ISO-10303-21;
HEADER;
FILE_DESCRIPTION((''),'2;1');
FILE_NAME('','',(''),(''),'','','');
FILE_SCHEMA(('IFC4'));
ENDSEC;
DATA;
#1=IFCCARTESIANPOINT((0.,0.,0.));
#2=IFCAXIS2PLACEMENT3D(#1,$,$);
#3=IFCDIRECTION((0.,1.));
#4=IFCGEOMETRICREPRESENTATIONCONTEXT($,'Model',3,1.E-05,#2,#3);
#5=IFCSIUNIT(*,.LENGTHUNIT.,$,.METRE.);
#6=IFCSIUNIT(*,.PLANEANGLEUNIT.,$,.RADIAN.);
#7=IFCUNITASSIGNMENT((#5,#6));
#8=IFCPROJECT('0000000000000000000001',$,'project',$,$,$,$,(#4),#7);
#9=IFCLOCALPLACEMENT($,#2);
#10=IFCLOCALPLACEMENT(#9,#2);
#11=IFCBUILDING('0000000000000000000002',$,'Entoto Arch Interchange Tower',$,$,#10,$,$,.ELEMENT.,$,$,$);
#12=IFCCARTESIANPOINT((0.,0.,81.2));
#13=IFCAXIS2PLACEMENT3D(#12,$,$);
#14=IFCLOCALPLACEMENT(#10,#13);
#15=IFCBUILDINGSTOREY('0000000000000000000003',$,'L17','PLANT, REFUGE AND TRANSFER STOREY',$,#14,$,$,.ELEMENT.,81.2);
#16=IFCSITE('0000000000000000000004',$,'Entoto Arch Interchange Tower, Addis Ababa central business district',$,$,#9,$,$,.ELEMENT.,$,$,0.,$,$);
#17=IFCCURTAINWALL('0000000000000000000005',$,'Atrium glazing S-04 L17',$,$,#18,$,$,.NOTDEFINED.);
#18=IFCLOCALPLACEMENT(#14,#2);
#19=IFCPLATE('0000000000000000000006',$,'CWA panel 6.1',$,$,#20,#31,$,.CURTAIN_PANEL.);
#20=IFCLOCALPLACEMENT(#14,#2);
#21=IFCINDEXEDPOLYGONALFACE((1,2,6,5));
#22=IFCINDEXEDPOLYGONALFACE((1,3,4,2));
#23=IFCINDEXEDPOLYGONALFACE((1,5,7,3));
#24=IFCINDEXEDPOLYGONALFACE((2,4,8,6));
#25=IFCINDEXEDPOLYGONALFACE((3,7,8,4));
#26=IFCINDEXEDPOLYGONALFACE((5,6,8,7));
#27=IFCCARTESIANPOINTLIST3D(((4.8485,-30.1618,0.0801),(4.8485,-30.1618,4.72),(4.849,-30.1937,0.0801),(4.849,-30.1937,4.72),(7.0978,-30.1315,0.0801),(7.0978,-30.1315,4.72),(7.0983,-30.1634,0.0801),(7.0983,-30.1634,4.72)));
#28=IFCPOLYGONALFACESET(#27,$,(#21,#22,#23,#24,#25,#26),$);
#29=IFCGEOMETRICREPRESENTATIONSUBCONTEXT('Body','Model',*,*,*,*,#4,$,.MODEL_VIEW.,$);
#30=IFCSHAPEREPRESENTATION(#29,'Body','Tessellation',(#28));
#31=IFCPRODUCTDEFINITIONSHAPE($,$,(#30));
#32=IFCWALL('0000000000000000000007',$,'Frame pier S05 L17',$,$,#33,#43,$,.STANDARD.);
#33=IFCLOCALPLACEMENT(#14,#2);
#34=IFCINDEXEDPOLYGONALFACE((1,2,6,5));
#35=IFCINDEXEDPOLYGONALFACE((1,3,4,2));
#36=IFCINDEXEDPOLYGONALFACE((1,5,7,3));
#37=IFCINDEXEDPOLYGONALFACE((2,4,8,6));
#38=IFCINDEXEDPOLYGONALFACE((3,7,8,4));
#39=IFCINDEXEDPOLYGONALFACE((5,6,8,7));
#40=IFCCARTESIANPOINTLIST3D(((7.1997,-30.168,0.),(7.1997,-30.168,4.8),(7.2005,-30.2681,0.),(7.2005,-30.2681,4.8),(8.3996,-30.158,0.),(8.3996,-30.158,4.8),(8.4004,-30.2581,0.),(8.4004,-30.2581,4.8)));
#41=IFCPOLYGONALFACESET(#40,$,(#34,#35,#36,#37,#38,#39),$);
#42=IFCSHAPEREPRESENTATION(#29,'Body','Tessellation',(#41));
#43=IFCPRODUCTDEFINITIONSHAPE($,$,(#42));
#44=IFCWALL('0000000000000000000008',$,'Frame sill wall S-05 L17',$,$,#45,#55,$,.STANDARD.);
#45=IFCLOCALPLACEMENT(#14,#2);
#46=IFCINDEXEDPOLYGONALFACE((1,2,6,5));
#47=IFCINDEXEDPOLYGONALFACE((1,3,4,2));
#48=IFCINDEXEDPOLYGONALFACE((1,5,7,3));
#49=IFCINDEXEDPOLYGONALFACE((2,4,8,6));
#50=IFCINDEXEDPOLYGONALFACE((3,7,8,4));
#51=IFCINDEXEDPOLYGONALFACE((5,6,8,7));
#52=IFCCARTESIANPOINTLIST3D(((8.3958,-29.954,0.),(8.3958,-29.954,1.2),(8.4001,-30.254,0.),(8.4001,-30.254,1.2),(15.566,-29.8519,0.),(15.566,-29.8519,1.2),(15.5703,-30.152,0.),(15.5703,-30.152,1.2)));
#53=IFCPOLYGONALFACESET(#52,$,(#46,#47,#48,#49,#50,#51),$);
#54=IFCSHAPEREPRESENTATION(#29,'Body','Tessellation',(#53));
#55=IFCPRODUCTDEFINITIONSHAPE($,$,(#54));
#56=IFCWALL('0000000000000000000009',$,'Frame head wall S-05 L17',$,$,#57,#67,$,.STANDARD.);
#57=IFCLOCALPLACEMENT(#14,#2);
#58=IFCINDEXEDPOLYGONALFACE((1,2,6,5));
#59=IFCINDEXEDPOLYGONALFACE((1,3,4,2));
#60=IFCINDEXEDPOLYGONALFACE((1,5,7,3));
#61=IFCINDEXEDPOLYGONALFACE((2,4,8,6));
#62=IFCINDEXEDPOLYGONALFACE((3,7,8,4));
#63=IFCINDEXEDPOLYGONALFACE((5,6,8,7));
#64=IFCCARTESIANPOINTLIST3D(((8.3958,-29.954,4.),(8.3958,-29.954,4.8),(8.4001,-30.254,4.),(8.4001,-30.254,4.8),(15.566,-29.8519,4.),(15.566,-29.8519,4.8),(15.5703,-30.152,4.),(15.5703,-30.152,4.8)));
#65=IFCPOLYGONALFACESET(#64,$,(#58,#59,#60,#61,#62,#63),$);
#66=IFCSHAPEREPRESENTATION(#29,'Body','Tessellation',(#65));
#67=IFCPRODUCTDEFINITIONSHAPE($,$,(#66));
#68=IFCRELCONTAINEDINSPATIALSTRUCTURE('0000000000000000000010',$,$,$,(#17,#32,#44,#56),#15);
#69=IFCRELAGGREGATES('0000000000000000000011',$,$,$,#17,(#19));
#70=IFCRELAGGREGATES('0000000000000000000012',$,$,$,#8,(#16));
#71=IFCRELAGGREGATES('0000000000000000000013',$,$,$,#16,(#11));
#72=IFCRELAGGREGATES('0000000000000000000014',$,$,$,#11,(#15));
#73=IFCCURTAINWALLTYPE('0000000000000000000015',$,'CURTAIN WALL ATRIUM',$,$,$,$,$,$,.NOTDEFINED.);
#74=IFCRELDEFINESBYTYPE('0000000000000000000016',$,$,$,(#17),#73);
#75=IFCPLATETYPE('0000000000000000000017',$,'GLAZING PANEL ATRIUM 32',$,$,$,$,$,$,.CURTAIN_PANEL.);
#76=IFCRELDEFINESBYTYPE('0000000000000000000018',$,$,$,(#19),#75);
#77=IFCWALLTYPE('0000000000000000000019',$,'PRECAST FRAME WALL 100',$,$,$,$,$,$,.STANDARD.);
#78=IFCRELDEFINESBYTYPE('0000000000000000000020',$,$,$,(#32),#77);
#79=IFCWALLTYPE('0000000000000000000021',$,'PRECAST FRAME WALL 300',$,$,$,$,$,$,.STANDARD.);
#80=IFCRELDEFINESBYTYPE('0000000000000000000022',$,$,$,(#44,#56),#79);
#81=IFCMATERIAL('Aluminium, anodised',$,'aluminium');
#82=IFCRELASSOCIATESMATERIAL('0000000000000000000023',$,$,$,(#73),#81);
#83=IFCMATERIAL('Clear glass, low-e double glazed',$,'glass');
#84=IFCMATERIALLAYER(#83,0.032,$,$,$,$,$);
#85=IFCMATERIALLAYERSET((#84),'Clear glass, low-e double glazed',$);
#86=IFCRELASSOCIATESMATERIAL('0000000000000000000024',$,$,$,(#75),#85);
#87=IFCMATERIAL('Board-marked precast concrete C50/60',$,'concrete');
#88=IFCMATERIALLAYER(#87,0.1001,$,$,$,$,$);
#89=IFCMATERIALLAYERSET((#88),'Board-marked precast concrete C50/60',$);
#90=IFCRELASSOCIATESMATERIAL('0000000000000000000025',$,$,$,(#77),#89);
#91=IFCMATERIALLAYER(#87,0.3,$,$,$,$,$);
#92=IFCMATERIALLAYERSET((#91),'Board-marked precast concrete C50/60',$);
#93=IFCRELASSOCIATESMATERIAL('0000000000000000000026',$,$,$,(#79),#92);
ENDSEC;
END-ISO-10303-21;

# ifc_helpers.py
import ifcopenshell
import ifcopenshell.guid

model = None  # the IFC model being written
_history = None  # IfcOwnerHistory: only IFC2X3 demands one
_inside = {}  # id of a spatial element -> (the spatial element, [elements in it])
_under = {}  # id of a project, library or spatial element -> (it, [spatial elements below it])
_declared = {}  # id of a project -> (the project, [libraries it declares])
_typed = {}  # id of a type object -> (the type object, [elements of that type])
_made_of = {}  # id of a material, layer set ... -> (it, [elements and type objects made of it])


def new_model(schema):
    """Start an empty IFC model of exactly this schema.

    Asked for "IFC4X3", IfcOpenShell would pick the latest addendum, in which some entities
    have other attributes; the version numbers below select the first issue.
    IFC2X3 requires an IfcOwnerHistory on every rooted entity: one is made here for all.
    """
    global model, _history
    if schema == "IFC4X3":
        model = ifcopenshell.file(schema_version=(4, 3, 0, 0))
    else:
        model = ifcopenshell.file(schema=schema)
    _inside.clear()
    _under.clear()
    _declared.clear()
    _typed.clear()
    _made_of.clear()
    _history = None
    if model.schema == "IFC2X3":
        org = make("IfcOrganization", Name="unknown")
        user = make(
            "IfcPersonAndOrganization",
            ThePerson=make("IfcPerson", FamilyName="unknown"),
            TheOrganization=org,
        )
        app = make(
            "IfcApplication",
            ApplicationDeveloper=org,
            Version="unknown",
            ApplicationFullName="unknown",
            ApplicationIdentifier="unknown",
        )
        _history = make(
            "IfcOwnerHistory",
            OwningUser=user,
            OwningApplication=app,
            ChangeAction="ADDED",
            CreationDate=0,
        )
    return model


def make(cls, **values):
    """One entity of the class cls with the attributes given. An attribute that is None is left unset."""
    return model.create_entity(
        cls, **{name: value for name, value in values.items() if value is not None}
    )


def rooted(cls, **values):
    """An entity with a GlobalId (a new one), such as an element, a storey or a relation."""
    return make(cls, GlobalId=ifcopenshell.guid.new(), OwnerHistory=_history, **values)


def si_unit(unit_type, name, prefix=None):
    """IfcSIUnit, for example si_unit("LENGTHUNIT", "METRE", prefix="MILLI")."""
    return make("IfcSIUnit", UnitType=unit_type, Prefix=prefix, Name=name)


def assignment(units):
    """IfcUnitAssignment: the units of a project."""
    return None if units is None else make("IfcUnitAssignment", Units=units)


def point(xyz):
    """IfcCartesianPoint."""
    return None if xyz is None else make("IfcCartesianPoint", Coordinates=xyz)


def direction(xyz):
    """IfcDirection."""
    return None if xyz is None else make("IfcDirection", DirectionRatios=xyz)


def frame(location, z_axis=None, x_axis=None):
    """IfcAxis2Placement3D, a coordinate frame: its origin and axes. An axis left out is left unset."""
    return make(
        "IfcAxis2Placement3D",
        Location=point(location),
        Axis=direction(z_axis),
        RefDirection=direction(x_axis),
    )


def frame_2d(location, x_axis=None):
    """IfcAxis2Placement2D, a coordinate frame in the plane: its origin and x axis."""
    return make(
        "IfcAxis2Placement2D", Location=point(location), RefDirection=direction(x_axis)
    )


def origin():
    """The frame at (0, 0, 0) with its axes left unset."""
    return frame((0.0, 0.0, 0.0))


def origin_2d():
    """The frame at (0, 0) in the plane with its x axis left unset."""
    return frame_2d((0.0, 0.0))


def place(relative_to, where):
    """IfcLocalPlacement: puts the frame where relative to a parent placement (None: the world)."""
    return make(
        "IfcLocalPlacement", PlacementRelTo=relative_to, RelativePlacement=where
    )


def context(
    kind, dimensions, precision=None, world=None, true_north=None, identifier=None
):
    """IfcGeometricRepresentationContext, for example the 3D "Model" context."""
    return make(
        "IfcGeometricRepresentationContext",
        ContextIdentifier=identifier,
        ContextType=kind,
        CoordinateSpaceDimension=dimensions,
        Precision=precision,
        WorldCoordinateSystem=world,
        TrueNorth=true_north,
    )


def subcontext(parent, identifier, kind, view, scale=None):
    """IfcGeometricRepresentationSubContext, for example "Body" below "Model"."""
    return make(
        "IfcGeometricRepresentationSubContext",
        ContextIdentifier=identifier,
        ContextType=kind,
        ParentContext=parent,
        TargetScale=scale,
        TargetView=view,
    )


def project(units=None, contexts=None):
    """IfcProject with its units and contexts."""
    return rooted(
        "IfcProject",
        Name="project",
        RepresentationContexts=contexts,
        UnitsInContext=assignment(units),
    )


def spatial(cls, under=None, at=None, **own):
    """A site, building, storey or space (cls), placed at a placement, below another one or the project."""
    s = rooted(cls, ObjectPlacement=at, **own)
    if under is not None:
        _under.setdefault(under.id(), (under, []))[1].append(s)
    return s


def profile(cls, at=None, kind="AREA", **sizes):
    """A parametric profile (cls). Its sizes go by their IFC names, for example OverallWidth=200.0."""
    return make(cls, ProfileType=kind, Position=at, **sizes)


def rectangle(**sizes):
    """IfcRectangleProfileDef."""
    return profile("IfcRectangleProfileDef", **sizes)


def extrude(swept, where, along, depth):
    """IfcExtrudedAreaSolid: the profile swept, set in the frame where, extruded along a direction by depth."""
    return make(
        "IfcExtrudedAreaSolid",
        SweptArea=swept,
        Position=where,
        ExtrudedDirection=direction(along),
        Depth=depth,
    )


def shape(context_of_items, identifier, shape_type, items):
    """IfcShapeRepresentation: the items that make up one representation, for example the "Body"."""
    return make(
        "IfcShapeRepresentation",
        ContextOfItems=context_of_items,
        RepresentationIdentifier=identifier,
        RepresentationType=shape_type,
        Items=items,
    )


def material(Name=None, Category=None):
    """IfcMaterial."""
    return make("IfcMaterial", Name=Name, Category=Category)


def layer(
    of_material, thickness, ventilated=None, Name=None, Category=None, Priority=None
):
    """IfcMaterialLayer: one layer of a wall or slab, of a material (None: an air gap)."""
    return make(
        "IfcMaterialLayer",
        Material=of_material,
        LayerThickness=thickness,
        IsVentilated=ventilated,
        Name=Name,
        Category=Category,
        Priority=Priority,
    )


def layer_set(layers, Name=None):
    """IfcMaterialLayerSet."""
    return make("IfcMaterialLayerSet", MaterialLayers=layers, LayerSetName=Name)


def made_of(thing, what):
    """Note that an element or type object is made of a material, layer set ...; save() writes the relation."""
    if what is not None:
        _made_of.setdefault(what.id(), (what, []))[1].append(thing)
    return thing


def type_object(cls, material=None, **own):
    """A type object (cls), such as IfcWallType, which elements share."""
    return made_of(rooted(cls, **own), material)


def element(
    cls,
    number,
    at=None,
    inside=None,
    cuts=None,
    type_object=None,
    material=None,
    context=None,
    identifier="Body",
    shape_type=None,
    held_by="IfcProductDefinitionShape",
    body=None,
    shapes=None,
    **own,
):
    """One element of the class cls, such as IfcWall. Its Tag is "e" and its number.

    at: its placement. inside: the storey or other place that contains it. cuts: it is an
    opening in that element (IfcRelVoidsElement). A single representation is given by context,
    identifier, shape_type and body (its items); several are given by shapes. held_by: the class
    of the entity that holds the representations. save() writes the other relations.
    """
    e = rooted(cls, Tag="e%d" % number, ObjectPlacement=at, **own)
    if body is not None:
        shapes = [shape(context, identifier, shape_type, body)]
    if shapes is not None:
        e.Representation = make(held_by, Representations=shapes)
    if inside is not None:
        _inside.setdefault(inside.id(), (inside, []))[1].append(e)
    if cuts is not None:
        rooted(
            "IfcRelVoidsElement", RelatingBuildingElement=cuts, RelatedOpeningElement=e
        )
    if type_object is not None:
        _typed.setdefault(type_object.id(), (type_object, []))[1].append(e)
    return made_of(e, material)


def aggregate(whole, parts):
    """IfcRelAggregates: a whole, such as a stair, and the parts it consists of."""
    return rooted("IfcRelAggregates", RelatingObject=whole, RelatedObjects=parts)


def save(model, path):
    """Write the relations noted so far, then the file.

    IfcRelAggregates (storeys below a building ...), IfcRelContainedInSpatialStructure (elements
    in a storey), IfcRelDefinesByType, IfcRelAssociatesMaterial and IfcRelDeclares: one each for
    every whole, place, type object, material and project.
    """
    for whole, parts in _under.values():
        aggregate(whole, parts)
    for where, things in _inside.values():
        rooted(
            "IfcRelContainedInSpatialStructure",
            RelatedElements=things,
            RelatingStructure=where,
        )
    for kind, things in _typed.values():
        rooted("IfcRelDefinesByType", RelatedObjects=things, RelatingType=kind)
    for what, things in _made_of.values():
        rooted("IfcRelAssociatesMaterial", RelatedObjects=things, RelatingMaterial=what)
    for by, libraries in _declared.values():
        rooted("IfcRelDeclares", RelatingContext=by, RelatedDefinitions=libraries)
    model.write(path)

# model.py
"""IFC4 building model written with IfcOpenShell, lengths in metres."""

from ifc_helpers import new_model, si_unit, direction, frame, frame_2d, origin, origin_2d, place, context, subcontext, project, spatial, rectangle, extrude, material, layer, layer_set, type_object, element, aggregate, save


model = new_model("IFC4")

# Units and contexts
model_context = context("Model", 3, precision=1e-05, world=origin(), true_north=direction((0.0, 1.0)))
body_context = subcontext(model_context, "Body", "Model", "MODEL_VIEW")
ifc_project = project(units=[si_unit("LENGTHUNIT", "METRE"), si_unit("PLANEANGLEUNIT", "RADIAN")], contexts=[model_context])

# Site, building, storey
site_placement = place(None, origin())
site = spatial("IfcSite", under=ifc_project, at=site_placement, Name="Entoto Arch Interchange Tower, Addis Ababa central business district", CompositionType="ELEMENT", RefElevation=0.0)
building_placement = place(site_placement, origin())
building = spatial("IfcBuilding", under=site, at=building_placement, Name="Entoto Arch Interchange Tower", CompositionType="ELEMENT")
storey_placement = place(building_placement, frame((0.0, 0.0, 81.2)))
storey = spatial("IfcBuildingStorey", under=building, at=storey_placement, Name="L17", Description="PLANT, REFUGE AND TRANSFER STOREY", CompositionType="ELEMENT", Elevation=81.2)

# Curtain wall
ifc_material_1 = material(Name="Aluminium, anodised", Category="aluminium")
curtain_wall_type = type_object("IfcCurtainWallType", Name="CURTAIN WALL ATRIUM", PredefinedType="NOTDEFINED", material=ifc_material_1)
curtain_wall_placement = place(storey_placement, origin())
curtain_wall = element("IfcCurtainWall", 1, at=curtain_wall_placement, inside=storey, type_object=curtain_wall_type, Name="Atrium glazing S-04 L17", PredefinedType="NOTDEFINED")

# Plate
ifc_material_2 = material(Name="Clear glass, low-e double glazed", Category="glass")
ifc_layer_1 = layer(ifc_material_2, 0.032)
ifc_layer_set_1 = layer_set([ifc_layer_1], Name="Clear glass, low-e double glazed")
plate_type = type_object("IfcPlateType", Name="GLAZING PANEL ATRIUM 32", PredefinedType="CURTAIN_PANEL", material=ifc_layer_set_1)
plate_1_placement = place(storey_placement, frame((5.9734, -30.1626, 0.0801), z_axis=(0.0, 0.0, 1.0), x_axis=(0.999909, 0.013475, 0.0)))
plate_1 = element("IfcPlate", 2, at=plate_1_placement, type_object=plate_type, Name="CWA panel 6.1", PredefinedType="CURTAIN_PANEL", context=body_context, shape_type="SweptSolid", body=[
    extrude(rectangle(XDim=2.2495, YDim=0.032, at=origin_2d()), origin(), (0.0, 0.0, 1.0), 4.6399),
])
aggregate(curtain_wall, [plate_1])

# Walls
ifc_material_3 = material(Name="Board-marked precast concrete C50/60", Category="concrete")
ifc_layer_2 = layer(ifc_material_3, 0.1001)
ifc_layer_set_2 = layer_set([ifc_layer_2], Name="Board-marked precast concrete C50/60")
wall_type_1 = type_object("IfcWallType", Name="PRECAST FRAME WALL 100", PredefinedType="STANDARD", material=ifc_layer_set_2)
wall_1_placement = place(storey_placement, frame((7.2, -30.218, 0.0), z_axis=(0.0, 0.0, 1.0), x_axis=(0.999965, 0.008342, 0.0)))
element("IfcWall", 3, at=wall_1_placement, inside=storey, type_object=wall_type_1, Name="Frame pier S05 L17", PredefinedType="STANDARD", context=body_context, shape_type="SweptSolid", body=[
    extrude(rectangle(XDim=1.2, YDim=0.1001, at=frame_2d((0.6001, 0.0))), origin(), (0.0, 0.0, 1.0), 4.8),
])
ifc_layer_3 = layer(ifc_material_3, 0.3)
ifc_layer_set_3 = layer_set([ifc_layer_3], Name="Board-marked precast concrete C50/60")
wall_type_2 = type_object("IfcWallType", Name="PRECAST FRAME WALL 300", PredefinedType="STANDARD", material=ifc_layer_set_3)
wall_2_placement = place(storey_placement, frame((8.3979, -30.104, 0.0), z_axis=(0.0, 0.0, 1.0), x_axis=(0.999899, 0.014231, 0.0)))
element("IfcWall", 4, at=wall_2_placement, inside=storey, type_object=wall_type_2, Name="Frame sill wall S-05 L17", PredefinedType="STANDARD", context=body_context, shape_type="SweptSolid", body=[
    extrude(rectangle(XDim=7.1709, YDim=0.3, at=frame_2d((3.5854, 0.0))), origin(), (0.0, 0.0, 1.0), 1.2),
])
wall_3_placement = place(storey_placement, frame((8.3979, -30.104, 4.0), z_axis=(0.0, 0.0, 1.0), x_axis=(0.999899, 0.014231, 0.0)))
element("IfcWall", 5, at=wall_3_placement, inside=storey, type_object=wall_type_2, Name="Frame head wall S-05 L17", PredefinedType="STANDARD", context=body_context, shape_type="SweptSolid", body=[
    extrude(rectangle(XDim=7.1709, YDim=0.3, at=frame_2d((3.5854, 0.0))), origin(), (0.0, 0.0, 1.0), 0.8),
])

save(model, "model.ifc")
